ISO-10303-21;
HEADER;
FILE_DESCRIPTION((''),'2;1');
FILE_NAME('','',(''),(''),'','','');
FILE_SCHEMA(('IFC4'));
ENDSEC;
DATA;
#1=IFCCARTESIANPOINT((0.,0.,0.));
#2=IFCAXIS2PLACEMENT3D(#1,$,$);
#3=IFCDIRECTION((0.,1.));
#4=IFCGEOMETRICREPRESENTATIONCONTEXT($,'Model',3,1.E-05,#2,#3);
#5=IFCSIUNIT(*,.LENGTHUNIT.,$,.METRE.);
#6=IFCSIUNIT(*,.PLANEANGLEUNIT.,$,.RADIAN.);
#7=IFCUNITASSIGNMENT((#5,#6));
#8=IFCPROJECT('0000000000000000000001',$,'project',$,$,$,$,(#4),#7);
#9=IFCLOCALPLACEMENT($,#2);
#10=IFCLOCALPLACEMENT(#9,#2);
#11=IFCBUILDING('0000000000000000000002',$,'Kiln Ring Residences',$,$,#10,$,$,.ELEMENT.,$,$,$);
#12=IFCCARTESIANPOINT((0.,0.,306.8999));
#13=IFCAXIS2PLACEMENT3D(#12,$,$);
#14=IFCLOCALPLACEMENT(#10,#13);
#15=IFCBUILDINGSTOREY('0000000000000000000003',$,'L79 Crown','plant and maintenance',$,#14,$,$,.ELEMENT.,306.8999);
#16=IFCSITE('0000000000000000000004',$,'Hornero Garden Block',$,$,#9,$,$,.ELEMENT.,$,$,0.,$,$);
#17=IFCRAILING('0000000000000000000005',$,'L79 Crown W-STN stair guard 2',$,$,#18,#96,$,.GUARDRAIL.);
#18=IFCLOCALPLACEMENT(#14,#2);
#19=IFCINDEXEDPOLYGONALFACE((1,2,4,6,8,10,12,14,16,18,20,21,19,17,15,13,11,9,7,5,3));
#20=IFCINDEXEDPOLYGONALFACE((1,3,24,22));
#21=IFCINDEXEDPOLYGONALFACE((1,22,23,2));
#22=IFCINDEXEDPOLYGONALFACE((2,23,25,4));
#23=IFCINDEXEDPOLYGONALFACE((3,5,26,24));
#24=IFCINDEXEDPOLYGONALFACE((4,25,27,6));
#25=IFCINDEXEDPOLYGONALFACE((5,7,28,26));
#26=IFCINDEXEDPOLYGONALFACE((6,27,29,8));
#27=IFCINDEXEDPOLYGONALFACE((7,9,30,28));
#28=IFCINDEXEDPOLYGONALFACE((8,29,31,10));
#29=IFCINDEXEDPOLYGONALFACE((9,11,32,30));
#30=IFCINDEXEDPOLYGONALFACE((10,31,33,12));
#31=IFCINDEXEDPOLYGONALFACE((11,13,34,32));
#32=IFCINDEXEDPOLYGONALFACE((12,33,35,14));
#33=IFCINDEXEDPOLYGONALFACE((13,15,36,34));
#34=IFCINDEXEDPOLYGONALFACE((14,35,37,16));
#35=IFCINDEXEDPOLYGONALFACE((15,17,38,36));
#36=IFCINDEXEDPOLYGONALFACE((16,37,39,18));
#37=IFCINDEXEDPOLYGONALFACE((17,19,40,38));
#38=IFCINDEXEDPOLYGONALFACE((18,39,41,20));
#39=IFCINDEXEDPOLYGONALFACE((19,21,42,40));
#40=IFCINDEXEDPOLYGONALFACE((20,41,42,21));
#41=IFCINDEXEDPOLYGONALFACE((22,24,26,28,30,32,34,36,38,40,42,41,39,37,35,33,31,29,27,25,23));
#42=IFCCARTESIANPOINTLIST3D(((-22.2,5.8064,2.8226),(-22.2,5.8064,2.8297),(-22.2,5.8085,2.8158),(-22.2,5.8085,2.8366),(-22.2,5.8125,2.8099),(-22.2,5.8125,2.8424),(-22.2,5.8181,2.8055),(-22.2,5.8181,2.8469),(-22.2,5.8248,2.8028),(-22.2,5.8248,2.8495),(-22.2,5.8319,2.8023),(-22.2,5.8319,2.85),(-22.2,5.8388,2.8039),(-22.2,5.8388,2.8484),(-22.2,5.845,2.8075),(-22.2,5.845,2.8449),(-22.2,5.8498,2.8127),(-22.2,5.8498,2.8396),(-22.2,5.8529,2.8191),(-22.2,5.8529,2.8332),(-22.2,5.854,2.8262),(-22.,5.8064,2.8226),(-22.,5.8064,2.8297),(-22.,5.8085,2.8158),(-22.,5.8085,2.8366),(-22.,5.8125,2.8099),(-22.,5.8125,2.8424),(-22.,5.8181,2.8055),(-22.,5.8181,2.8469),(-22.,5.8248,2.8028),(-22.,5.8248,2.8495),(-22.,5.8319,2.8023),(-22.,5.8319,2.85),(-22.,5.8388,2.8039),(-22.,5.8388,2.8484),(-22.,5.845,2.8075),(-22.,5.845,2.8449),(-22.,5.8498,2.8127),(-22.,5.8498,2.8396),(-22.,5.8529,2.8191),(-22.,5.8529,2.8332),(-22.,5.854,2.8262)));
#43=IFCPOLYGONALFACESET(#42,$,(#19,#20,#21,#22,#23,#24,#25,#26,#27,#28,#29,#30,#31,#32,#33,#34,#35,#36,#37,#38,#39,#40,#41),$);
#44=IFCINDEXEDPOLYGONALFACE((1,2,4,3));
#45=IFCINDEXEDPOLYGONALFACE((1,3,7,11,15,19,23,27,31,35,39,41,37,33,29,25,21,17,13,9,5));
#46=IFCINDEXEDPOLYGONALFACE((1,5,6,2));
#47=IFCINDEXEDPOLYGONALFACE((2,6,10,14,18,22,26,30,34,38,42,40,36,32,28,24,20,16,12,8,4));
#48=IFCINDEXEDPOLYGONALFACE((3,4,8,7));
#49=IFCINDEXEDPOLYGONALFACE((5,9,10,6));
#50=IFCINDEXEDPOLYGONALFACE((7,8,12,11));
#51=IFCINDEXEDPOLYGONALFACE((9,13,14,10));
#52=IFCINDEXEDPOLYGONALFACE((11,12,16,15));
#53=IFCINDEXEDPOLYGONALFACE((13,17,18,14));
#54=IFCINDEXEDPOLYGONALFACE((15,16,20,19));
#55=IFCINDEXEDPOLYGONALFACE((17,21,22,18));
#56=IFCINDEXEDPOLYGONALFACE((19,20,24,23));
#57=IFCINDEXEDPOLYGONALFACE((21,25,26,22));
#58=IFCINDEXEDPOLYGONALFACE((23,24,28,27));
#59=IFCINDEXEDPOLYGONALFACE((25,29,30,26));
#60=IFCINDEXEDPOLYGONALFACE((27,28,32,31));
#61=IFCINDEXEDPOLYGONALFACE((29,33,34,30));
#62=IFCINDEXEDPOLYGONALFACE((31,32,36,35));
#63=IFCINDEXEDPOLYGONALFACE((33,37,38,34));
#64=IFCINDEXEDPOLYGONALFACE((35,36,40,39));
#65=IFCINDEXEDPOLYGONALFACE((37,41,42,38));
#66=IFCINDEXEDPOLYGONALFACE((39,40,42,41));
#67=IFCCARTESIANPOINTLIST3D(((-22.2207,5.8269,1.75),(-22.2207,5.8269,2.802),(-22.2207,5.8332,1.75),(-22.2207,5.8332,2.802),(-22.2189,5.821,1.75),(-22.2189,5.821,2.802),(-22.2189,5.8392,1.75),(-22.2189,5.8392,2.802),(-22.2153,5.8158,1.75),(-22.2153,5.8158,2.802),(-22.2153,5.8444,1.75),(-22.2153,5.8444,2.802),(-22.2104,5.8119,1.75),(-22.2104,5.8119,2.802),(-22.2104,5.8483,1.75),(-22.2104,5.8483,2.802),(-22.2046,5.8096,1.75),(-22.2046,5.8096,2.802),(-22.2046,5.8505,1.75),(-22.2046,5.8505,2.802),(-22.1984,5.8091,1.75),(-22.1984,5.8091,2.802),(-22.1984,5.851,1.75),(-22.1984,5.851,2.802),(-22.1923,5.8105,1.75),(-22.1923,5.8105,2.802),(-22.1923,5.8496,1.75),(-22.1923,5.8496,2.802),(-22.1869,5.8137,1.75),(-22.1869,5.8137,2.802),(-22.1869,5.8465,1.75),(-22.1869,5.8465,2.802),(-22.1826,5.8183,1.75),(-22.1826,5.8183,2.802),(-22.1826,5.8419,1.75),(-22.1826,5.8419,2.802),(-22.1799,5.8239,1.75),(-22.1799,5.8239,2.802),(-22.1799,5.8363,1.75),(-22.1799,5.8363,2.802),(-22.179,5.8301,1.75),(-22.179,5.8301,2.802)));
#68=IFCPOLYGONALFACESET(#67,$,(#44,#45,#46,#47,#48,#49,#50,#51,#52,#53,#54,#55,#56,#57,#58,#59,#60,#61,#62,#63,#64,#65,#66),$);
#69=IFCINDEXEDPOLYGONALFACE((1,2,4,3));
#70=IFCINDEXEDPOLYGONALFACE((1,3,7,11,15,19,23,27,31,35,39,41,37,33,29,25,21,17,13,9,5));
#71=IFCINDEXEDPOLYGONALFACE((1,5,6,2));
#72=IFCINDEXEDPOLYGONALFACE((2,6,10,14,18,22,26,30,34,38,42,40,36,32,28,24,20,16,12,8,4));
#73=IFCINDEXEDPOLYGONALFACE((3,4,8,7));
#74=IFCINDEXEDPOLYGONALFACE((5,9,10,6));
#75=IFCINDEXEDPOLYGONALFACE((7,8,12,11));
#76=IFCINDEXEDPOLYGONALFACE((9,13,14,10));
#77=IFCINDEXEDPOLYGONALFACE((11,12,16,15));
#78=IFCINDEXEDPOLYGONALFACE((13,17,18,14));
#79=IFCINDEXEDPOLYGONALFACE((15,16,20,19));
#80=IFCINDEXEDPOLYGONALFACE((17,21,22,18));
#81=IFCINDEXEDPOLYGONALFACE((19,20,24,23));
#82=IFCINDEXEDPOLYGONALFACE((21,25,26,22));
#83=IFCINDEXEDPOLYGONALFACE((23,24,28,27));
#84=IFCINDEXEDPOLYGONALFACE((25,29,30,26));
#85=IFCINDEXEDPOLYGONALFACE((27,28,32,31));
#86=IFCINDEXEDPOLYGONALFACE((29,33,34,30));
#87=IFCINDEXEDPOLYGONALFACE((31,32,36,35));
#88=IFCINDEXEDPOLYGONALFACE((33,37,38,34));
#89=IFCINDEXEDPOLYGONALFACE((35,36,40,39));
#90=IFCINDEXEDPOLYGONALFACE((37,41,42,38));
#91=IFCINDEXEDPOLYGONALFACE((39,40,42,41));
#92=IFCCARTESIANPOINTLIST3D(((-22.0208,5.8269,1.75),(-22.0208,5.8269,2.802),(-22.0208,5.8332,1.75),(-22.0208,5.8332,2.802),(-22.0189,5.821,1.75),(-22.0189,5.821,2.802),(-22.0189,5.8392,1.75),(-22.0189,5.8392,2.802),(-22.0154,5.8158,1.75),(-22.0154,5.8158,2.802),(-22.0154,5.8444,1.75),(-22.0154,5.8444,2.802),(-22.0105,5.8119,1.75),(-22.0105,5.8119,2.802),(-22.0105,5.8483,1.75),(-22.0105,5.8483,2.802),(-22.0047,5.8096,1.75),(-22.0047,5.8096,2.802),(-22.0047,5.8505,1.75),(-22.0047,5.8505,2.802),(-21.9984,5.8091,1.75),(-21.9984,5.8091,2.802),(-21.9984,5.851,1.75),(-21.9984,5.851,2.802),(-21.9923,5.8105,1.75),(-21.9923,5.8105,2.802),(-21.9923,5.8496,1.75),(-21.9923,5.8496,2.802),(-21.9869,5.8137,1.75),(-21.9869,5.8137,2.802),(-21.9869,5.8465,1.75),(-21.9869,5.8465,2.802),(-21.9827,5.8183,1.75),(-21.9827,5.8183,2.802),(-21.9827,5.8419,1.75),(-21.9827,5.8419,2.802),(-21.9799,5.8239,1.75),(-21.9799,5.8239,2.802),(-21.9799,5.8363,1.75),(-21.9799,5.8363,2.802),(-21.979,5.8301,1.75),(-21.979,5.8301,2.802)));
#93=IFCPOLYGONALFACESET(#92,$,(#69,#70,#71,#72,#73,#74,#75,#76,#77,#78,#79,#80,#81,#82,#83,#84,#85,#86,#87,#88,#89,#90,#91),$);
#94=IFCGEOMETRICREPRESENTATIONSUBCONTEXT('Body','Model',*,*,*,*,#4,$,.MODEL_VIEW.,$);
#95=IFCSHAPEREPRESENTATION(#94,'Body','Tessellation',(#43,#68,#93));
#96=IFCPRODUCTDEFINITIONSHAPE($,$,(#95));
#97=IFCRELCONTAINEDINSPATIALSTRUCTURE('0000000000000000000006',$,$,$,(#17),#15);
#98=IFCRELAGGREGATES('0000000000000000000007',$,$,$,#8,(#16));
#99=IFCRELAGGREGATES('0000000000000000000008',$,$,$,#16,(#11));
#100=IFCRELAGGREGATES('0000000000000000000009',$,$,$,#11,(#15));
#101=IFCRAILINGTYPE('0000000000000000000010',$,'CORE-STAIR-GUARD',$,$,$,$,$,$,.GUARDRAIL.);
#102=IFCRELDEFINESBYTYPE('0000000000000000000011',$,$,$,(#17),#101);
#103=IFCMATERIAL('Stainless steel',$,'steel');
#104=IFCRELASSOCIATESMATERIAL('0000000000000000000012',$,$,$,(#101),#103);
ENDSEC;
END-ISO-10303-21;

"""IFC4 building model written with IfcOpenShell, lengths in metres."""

from ifc_helpers import new_model, si_unit, direction, frame, origin, origin_2d, place, context, subcontext, project, spatial, circle, extrude, material, type_object, element, save


model = new_model("IFC4")

# Units and contexts
model_context = context("Model", 3, precision=1e-05, world=origin(), true_north=direction((0.0, 1.0)))
body_context = subcontext(model_context, "Body", "Model", "MODEL_VIEW")
ifc_project = project(units=[si_unit("LENGTHUNIT", "METRE"), si_unit("PLANEANGLEUNIT", "RADIAN")], contexts=[model_context])

# Site, building, storey
site_placement = place(None, origin())
site = spatial("IfcSite", under=ifc_project, at=site_placement, Name="Hornero Garden Block", CompositionType="ELEMENT", RefElevation=0.0)
building_placement = place(site_placement, origin())
building = spatial("IfcBuilding", under=site, at=building_placement, Name="Kiln Ring Residences", CompositionType="ELEMENT")
storey_placement = place(building_placement, frame((0.0, 0.0, 306.8999)))
storey = spatial("IfcBuildingStorey", under=building, at=storey_placement, Name="L79 Crown", Description="plant and maintenance", CompositionType="ELEMENT", Elevation=306.8999)

# Railing
ifc_material_1 = material(Name="Stainless steel", Category="steel")
railing_type_1 = type_object("IfcRailingType", Name="CORE-STAIR-GUARD", PredefinedType="GUARDRAIL", material=ifc_material_1)
railing_1_placement = place(storey_placement, frame((-22.2, 5.8301, 1.75)))
element("IfcRailing", 1, at=railing_1_placement, inside=storey, type_object=railing_type_1, Name="L79 Crown W-STN stair guard 2", PredefinedType="GUARDRAIL", context=body_context, shape_type="SweptSolid", body=[
    extrude(circle(Radius=0.0239, at=origin_2d()), frame((0.0, 0.0, 1.0762), z_axis=(1.0, 0.0, 0.0), x_axis=(0.0, 1.0, 0.0)), (0.0, 0.0, 1.0), 0.2),
    extrude(circle(Radius=0.021, at=origin_2d()), origin(), (0.0, 0.0, 1.0), 1.052),
    extrude(circle(Radius=0.021, at=origin_2d()), frame((0.2, 0.0, 0.0)), (0.0, 0.0, 1.0), 1.052),
])

save(model, "model.ifc")
